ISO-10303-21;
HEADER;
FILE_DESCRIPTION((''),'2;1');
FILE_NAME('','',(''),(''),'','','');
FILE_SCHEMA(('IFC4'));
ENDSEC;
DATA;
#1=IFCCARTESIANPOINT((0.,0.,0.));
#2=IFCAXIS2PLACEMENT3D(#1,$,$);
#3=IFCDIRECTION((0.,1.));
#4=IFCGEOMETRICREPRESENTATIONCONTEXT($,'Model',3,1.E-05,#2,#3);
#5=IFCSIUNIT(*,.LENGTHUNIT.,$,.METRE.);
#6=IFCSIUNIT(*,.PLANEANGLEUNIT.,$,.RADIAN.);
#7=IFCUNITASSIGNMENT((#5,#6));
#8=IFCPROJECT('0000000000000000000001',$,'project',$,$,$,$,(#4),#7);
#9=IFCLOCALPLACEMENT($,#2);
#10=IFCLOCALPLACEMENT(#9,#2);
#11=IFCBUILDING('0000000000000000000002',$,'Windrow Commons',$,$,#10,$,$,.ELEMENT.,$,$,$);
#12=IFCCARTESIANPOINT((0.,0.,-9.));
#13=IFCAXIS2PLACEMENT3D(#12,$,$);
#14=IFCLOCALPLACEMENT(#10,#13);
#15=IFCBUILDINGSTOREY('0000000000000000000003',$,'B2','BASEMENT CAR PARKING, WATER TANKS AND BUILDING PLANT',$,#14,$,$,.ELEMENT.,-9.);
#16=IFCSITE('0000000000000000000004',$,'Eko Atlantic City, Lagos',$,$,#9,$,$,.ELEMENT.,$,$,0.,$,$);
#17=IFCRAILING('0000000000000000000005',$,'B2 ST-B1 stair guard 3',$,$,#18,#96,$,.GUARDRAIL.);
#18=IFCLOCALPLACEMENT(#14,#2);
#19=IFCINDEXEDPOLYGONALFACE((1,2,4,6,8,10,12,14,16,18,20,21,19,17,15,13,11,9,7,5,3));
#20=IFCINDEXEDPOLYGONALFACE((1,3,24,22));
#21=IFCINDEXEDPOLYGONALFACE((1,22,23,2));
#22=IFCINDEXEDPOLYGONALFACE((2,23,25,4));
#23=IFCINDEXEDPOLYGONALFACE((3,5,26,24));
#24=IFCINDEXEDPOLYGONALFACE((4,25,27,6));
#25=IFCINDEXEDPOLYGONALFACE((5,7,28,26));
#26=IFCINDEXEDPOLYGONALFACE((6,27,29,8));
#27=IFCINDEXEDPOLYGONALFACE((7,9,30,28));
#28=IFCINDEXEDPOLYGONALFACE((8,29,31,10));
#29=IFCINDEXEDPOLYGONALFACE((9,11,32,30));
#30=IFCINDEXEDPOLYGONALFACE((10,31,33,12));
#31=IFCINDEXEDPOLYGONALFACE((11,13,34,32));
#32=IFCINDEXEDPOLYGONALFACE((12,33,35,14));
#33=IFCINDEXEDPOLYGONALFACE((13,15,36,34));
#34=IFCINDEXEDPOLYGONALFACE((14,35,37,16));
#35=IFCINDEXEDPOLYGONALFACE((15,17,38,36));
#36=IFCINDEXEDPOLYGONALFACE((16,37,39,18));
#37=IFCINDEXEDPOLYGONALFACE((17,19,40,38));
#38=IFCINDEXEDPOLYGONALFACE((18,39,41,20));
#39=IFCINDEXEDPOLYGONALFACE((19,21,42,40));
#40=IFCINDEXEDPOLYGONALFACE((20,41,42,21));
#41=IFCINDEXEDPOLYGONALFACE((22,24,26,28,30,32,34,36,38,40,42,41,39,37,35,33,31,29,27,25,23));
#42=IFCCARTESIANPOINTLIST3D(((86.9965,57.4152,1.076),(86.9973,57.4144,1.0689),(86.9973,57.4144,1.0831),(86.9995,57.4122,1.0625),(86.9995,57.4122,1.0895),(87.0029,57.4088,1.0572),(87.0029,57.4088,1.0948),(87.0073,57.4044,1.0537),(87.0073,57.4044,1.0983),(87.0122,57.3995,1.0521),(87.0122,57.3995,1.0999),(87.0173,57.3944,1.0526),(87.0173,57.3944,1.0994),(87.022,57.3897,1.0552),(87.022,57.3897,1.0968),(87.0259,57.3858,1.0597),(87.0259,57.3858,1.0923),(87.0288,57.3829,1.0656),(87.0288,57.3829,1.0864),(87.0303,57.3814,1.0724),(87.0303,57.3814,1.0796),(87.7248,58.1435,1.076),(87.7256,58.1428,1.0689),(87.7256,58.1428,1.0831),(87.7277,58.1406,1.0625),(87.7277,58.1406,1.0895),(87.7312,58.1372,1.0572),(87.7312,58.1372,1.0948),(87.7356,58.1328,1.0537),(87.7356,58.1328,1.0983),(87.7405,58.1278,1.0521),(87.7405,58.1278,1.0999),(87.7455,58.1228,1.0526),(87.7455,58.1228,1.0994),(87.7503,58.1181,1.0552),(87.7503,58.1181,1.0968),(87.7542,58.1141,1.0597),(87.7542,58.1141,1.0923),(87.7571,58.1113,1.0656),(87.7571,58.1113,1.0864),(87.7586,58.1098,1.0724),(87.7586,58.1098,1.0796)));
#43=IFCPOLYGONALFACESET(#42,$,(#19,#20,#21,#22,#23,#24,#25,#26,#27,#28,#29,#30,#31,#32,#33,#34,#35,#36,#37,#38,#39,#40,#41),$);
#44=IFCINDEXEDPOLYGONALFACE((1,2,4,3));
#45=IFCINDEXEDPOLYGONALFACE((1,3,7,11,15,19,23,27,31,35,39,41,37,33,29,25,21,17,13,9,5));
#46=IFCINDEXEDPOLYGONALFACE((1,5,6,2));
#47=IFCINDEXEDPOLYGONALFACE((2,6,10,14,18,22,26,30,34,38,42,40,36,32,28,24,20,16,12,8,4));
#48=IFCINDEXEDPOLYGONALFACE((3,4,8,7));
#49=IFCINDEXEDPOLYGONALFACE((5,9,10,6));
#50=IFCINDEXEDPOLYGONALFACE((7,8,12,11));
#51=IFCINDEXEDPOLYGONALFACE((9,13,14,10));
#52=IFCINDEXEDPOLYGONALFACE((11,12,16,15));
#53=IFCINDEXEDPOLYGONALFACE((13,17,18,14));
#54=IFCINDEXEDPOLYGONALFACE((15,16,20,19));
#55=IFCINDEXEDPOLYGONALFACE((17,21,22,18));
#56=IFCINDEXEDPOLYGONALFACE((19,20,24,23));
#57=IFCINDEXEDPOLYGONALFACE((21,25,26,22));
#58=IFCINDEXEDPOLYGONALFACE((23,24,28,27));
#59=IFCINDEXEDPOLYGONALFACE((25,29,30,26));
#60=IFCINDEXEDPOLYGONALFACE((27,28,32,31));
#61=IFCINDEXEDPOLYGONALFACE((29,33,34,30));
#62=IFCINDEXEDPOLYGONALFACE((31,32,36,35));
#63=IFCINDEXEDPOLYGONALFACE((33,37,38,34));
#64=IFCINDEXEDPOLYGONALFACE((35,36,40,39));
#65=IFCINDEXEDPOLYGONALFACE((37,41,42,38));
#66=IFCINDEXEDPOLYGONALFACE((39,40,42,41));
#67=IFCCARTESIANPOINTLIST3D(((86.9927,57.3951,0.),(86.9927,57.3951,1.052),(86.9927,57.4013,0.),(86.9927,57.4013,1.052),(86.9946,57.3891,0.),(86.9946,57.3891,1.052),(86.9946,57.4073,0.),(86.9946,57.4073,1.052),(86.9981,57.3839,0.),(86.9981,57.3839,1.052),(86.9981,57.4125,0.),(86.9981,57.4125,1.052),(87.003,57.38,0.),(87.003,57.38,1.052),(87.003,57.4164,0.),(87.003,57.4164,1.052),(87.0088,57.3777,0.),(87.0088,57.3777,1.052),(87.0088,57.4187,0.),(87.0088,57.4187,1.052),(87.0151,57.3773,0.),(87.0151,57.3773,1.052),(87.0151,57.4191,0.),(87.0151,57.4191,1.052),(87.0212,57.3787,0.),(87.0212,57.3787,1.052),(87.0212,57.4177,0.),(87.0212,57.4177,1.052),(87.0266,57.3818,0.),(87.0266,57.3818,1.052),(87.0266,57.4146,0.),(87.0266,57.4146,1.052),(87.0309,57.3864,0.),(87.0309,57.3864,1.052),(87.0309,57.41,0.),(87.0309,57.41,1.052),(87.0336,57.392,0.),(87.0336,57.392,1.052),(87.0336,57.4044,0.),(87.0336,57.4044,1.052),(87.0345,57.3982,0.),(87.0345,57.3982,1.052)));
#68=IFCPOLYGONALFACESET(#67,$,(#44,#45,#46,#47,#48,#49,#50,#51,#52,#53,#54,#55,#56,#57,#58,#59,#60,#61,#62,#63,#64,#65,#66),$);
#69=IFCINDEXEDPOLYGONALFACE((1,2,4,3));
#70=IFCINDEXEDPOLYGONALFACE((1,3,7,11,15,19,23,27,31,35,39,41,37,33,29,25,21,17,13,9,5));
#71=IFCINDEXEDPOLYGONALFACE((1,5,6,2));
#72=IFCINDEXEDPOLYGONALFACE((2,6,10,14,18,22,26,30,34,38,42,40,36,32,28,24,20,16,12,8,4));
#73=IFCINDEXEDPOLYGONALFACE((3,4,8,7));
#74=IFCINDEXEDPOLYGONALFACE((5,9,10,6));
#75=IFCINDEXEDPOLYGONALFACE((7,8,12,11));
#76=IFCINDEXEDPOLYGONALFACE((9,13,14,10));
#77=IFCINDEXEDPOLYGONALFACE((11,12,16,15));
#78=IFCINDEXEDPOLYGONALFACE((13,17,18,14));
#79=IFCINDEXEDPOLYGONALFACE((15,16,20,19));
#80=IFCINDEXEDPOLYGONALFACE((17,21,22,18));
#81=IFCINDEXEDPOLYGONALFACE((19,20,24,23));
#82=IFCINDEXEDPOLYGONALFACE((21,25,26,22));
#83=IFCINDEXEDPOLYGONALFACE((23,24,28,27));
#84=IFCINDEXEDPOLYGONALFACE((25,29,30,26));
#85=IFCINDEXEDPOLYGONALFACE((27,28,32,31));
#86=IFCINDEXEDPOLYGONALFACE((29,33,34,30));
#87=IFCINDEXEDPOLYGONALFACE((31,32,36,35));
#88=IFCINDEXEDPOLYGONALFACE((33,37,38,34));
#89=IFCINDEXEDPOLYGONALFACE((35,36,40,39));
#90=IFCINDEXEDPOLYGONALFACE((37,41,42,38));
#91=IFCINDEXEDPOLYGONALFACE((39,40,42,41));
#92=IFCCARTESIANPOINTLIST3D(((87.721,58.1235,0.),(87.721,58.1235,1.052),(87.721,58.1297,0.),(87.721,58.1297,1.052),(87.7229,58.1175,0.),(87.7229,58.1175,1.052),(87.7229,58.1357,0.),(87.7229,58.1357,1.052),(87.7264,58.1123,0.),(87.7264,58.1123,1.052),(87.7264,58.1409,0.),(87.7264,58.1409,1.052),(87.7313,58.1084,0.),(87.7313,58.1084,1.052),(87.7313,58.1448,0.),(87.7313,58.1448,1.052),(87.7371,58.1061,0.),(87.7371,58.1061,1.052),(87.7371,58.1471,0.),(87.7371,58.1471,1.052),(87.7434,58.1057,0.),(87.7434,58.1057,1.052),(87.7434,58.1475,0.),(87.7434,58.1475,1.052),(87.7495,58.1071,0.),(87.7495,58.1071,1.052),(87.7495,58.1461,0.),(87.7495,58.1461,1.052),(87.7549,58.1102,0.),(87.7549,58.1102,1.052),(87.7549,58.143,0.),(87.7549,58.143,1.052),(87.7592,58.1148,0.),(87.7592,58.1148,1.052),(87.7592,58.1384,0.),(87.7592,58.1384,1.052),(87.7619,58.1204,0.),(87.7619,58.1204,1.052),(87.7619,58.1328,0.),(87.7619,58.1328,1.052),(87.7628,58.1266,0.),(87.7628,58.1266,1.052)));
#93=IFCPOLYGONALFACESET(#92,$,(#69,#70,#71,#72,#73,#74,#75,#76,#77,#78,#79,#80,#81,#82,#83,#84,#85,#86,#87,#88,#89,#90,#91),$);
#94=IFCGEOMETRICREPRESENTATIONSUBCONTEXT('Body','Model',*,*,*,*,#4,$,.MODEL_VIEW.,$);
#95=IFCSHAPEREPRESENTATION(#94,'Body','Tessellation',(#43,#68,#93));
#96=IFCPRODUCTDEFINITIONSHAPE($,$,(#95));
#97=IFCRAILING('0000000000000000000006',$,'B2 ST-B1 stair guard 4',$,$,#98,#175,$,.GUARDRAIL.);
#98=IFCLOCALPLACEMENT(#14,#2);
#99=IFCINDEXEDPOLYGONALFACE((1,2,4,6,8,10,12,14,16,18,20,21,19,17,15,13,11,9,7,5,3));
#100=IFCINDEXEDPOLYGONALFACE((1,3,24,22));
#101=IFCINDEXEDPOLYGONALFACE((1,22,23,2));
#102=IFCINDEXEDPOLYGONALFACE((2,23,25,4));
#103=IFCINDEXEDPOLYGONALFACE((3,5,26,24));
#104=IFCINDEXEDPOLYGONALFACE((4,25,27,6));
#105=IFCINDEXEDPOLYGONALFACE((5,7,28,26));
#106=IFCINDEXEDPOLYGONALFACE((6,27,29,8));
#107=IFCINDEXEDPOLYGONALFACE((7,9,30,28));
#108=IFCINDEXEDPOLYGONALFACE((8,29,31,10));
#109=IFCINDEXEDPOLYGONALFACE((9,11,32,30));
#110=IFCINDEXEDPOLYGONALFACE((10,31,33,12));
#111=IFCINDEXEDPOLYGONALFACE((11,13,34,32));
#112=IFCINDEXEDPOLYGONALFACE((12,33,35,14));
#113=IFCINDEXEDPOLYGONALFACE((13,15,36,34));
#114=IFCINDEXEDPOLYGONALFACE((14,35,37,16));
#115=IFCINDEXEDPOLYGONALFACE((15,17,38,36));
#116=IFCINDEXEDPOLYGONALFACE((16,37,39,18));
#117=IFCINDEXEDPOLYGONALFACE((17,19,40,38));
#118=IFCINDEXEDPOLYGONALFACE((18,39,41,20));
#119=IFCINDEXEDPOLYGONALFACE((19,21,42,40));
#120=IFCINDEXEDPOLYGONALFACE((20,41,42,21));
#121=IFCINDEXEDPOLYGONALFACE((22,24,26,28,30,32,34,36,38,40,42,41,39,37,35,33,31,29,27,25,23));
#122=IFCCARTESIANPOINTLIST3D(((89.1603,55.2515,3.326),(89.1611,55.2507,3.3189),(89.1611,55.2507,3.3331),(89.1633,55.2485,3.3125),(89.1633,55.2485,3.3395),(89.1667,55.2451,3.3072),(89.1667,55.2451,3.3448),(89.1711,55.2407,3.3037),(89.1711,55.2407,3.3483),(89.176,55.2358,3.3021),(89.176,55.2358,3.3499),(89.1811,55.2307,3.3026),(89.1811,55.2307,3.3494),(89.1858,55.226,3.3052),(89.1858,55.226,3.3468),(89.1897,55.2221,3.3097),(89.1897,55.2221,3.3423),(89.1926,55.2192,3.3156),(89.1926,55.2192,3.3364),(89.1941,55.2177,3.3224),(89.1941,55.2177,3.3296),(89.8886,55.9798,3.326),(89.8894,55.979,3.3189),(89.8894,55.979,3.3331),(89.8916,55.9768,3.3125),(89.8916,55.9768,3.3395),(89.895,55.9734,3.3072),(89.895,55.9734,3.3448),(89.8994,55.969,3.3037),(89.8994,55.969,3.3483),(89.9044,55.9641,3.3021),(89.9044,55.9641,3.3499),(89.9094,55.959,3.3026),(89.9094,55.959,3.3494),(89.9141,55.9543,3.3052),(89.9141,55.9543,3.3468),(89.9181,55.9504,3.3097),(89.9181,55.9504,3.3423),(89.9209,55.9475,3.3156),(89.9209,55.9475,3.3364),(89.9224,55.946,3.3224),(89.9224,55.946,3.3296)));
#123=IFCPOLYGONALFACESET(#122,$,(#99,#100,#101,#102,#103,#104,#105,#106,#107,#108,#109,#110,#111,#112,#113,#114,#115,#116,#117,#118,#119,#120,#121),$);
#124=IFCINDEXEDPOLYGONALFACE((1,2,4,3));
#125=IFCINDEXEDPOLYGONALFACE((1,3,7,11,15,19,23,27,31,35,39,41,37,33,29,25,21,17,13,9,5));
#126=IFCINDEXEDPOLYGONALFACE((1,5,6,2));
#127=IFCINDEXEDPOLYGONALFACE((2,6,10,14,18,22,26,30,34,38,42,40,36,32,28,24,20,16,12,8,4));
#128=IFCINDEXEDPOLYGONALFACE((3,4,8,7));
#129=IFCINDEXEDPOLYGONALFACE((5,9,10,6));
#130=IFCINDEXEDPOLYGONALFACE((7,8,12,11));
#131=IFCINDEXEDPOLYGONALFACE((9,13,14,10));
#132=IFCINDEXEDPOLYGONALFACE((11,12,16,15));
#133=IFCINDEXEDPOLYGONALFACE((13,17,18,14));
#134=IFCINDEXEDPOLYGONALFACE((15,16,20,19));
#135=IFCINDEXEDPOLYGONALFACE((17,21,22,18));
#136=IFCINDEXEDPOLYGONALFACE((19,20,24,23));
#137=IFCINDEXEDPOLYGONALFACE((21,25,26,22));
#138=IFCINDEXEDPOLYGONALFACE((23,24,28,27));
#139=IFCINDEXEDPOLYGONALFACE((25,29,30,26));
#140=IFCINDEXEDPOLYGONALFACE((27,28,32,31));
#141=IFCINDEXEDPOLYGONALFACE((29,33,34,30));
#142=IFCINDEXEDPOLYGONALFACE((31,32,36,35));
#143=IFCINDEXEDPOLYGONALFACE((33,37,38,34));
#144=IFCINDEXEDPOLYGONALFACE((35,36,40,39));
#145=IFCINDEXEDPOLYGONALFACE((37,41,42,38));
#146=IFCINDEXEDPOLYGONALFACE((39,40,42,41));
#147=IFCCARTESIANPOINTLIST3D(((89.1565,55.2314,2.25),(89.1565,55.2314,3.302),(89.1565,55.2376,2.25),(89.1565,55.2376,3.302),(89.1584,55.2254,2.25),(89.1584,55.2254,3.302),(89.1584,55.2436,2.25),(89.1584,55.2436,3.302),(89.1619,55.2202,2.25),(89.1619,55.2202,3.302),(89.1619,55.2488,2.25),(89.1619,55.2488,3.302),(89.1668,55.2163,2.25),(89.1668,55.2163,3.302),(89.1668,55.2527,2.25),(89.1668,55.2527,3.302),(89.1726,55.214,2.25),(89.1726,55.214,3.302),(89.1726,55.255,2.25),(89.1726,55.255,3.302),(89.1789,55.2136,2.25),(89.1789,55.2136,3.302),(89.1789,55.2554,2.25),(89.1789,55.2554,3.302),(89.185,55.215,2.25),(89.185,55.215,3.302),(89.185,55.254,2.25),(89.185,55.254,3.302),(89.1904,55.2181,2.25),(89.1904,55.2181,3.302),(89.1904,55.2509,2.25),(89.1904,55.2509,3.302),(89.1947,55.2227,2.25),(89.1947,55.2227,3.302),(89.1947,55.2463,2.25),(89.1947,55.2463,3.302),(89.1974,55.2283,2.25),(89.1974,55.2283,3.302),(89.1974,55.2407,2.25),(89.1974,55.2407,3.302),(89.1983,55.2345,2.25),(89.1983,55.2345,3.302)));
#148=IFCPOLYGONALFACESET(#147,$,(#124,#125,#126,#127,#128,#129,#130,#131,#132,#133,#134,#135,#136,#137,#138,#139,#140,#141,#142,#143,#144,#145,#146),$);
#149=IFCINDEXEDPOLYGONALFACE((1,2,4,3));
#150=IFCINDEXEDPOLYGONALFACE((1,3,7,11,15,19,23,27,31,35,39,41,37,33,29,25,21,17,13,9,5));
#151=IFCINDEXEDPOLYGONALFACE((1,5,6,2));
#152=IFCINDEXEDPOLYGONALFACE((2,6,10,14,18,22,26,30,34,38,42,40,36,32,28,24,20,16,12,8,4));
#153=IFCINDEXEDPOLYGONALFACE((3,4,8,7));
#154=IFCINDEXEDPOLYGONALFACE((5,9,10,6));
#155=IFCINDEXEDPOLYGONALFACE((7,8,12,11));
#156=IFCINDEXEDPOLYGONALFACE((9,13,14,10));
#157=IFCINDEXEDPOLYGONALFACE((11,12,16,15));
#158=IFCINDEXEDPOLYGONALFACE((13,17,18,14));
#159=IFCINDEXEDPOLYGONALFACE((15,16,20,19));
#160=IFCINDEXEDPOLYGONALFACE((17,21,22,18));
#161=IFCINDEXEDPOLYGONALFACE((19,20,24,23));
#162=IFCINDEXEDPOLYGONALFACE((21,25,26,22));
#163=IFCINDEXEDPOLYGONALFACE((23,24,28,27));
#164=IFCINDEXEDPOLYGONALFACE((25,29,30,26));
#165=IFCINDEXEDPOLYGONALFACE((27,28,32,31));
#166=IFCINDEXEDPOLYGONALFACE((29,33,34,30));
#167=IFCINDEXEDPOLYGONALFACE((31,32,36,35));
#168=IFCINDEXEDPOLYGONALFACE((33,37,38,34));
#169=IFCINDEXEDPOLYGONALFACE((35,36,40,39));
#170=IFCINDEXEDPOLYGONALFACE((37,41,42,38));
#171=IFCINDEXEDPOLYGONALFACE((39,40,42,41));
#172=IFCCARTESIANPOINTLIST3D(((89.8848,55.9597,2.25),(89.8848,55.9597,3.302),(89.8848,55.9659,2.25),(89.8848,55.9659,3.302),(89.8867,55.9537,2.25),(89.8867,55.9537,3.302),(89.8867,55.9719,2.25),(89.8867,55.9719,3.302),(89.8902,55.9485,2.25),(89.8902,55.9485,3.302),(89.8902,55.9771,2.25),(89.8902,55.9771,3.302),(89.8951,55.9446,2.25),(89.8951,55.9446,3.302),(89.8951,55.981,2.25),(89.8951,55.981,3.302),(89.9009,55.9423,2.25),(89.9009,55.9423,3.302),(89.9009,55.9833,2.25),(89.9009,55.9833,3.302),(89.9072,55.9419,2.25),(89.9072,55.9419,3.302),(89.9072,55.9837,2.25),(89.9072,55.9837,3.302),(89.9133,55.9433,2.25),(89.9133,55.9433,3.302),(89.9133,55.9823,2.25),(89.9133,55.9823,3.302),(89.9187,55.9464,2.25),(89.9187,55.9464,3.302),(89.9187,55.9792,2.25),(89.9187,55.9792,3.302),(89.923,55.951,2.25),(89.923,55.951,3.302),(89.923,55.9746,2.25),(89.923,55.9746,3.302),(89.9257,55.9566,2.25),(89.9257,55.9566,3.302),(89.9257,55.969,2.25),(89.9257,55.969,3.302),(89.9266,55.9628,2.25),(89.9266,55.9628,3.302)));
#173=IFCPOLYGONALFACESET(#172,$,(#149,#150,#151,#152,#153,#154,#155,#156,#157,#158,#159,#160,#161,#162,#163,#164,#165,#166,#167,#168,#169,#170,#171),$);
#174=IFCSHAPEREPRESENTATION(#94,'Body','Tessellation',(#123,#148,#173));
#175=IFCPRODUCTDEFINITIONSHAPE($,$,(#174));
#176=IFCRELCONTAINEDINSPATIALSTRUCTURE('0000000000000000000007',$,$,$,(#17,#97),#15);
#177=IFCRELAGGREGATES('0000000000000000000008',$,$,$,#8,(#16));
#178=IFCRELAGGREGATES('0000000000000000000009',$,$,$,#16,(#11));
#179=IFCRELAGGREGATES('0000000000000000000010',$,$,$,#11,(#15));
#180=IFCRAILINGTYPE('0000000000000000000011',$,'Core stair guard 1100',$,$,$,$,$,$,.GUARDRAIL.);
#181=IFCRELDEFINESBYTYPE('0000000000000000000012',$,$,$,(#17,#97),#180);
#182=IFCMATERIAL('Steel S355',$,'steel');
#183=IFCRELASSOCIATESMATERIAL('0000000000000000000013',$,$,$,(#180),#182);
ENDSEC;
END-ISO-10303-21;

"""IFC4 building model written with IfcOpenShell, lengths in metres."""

from ifc_helpers import new_model, si_unit, direction, frame, origin, origin_2d, place, context, subcontext, project, spatial, circle, extrude, material, type_object, element, save


model = new_model("IFC4")

# Units and contexts
model_context = context("Model", 3, precision=1e-05, world=origin(), true_north=direction((0.0, 1.0)))
body_context = subcontext(model_context, "Body", "Model", "MODEL_VIEW")
ifc_project = project(units=[si_unit("LENGTHUNIT", "METRE"), si_unit("PLANEANGLEUNIT", "RADIAN")], contexts=[model_context])

# Site, building, storey
site_placement = place(None, origin())
site = spatial("IfcSite", under=ifc_project, at=site_placement, Name="Eko Atlantic City, Lagos", CompositionType="ELEMENT", RefElevation=0.0)
building_placement = place(site_placement, origin())
building = spatial("IfcBuilding", under=site, at=building_placement, Name="Windrow Commons", CompositionType="ELEMENT")
storey_placement = place(building_placement, frame((0.0, 0.0, -9.0)))
storey = spatial("IfcBuildingStorey", under=building, at=storey_placement, Name="B2", Description="BASEMENT CAR PARKING, WATER TANKS AND BUILDING PLANT", CompositionType="ELEMENT", Elevation=-9.0)

# Railings
ifc_material_1 = material(Name="Steel S355", Category="steel")
railing_type_1 = type_object("IfcRailingType", Name="Core stair guard 1100", PredefinedType="GUARDRAIL", material=ifc_material_1)
railing_1_placement = place(storey_placement, frame((87.0135, 57.3982, 0.0)))
element("IfcRailing", 1, at=railing_1_placement, inside=storey, type_object=railing_type_1, Name="B2 ST-B1 stair guard 3", PredefinedType="GUARDRAIL", context=body_context, shape_type="SweptSolid", body=[
    extrude(circle(Radius=0.024, at=origin_2d()), frame((0.0, 0.0, 1.076), z_axis=(0.707058, 0.707155, 0.0), x_axis=(-0.707155, 0.707058, 0.0)), (0.0, 0.0, 1.0), 1.03),
    extrude(circle(Radius=0.021, at=origin_2d()), origin(), (0.0, 0.0, 1.0), 1.052),
    extrude(circle(Radius=0.021, at=origin_2d()), frame((0.7283, 0.7284, 0.0)), (0.0, 0.0, 1.0), 1.052),
])
railing_2_placement = place(storey_placement, frame((89.1773, 55.2345, 2.25)))
element("IfcRailing", 2, at=railing_2_placement, inside=storey, type_object=railing_type_1, Name="B2 ST-B1 stair guard 4", PredefinedType="GUARDRAIL", context=body_context, shape_type="SweptSolid", body=[
    extrude(circle(Radius=0.024, at=origin_2d()), frame((0.0, 0.0, 1.076), z_axis=(0.707107, 0.707107, 0.0), x_axis=(-0.707107, 0.707107, 0.0)), (0.0, 0.0, 1.0), 1.03),
    extrude(circle(Radius=0.021, at=origin_2d()), origin(), (0.0, 0.0, 1.0), 1.052),
    extrude(circle(Radius=0.021, at=origin_2d()), frame((0.7283, 0.7283, 0.0)), (0.0, 0.0, 1.0), 1.052),
])

save(model, "model.ifc")
